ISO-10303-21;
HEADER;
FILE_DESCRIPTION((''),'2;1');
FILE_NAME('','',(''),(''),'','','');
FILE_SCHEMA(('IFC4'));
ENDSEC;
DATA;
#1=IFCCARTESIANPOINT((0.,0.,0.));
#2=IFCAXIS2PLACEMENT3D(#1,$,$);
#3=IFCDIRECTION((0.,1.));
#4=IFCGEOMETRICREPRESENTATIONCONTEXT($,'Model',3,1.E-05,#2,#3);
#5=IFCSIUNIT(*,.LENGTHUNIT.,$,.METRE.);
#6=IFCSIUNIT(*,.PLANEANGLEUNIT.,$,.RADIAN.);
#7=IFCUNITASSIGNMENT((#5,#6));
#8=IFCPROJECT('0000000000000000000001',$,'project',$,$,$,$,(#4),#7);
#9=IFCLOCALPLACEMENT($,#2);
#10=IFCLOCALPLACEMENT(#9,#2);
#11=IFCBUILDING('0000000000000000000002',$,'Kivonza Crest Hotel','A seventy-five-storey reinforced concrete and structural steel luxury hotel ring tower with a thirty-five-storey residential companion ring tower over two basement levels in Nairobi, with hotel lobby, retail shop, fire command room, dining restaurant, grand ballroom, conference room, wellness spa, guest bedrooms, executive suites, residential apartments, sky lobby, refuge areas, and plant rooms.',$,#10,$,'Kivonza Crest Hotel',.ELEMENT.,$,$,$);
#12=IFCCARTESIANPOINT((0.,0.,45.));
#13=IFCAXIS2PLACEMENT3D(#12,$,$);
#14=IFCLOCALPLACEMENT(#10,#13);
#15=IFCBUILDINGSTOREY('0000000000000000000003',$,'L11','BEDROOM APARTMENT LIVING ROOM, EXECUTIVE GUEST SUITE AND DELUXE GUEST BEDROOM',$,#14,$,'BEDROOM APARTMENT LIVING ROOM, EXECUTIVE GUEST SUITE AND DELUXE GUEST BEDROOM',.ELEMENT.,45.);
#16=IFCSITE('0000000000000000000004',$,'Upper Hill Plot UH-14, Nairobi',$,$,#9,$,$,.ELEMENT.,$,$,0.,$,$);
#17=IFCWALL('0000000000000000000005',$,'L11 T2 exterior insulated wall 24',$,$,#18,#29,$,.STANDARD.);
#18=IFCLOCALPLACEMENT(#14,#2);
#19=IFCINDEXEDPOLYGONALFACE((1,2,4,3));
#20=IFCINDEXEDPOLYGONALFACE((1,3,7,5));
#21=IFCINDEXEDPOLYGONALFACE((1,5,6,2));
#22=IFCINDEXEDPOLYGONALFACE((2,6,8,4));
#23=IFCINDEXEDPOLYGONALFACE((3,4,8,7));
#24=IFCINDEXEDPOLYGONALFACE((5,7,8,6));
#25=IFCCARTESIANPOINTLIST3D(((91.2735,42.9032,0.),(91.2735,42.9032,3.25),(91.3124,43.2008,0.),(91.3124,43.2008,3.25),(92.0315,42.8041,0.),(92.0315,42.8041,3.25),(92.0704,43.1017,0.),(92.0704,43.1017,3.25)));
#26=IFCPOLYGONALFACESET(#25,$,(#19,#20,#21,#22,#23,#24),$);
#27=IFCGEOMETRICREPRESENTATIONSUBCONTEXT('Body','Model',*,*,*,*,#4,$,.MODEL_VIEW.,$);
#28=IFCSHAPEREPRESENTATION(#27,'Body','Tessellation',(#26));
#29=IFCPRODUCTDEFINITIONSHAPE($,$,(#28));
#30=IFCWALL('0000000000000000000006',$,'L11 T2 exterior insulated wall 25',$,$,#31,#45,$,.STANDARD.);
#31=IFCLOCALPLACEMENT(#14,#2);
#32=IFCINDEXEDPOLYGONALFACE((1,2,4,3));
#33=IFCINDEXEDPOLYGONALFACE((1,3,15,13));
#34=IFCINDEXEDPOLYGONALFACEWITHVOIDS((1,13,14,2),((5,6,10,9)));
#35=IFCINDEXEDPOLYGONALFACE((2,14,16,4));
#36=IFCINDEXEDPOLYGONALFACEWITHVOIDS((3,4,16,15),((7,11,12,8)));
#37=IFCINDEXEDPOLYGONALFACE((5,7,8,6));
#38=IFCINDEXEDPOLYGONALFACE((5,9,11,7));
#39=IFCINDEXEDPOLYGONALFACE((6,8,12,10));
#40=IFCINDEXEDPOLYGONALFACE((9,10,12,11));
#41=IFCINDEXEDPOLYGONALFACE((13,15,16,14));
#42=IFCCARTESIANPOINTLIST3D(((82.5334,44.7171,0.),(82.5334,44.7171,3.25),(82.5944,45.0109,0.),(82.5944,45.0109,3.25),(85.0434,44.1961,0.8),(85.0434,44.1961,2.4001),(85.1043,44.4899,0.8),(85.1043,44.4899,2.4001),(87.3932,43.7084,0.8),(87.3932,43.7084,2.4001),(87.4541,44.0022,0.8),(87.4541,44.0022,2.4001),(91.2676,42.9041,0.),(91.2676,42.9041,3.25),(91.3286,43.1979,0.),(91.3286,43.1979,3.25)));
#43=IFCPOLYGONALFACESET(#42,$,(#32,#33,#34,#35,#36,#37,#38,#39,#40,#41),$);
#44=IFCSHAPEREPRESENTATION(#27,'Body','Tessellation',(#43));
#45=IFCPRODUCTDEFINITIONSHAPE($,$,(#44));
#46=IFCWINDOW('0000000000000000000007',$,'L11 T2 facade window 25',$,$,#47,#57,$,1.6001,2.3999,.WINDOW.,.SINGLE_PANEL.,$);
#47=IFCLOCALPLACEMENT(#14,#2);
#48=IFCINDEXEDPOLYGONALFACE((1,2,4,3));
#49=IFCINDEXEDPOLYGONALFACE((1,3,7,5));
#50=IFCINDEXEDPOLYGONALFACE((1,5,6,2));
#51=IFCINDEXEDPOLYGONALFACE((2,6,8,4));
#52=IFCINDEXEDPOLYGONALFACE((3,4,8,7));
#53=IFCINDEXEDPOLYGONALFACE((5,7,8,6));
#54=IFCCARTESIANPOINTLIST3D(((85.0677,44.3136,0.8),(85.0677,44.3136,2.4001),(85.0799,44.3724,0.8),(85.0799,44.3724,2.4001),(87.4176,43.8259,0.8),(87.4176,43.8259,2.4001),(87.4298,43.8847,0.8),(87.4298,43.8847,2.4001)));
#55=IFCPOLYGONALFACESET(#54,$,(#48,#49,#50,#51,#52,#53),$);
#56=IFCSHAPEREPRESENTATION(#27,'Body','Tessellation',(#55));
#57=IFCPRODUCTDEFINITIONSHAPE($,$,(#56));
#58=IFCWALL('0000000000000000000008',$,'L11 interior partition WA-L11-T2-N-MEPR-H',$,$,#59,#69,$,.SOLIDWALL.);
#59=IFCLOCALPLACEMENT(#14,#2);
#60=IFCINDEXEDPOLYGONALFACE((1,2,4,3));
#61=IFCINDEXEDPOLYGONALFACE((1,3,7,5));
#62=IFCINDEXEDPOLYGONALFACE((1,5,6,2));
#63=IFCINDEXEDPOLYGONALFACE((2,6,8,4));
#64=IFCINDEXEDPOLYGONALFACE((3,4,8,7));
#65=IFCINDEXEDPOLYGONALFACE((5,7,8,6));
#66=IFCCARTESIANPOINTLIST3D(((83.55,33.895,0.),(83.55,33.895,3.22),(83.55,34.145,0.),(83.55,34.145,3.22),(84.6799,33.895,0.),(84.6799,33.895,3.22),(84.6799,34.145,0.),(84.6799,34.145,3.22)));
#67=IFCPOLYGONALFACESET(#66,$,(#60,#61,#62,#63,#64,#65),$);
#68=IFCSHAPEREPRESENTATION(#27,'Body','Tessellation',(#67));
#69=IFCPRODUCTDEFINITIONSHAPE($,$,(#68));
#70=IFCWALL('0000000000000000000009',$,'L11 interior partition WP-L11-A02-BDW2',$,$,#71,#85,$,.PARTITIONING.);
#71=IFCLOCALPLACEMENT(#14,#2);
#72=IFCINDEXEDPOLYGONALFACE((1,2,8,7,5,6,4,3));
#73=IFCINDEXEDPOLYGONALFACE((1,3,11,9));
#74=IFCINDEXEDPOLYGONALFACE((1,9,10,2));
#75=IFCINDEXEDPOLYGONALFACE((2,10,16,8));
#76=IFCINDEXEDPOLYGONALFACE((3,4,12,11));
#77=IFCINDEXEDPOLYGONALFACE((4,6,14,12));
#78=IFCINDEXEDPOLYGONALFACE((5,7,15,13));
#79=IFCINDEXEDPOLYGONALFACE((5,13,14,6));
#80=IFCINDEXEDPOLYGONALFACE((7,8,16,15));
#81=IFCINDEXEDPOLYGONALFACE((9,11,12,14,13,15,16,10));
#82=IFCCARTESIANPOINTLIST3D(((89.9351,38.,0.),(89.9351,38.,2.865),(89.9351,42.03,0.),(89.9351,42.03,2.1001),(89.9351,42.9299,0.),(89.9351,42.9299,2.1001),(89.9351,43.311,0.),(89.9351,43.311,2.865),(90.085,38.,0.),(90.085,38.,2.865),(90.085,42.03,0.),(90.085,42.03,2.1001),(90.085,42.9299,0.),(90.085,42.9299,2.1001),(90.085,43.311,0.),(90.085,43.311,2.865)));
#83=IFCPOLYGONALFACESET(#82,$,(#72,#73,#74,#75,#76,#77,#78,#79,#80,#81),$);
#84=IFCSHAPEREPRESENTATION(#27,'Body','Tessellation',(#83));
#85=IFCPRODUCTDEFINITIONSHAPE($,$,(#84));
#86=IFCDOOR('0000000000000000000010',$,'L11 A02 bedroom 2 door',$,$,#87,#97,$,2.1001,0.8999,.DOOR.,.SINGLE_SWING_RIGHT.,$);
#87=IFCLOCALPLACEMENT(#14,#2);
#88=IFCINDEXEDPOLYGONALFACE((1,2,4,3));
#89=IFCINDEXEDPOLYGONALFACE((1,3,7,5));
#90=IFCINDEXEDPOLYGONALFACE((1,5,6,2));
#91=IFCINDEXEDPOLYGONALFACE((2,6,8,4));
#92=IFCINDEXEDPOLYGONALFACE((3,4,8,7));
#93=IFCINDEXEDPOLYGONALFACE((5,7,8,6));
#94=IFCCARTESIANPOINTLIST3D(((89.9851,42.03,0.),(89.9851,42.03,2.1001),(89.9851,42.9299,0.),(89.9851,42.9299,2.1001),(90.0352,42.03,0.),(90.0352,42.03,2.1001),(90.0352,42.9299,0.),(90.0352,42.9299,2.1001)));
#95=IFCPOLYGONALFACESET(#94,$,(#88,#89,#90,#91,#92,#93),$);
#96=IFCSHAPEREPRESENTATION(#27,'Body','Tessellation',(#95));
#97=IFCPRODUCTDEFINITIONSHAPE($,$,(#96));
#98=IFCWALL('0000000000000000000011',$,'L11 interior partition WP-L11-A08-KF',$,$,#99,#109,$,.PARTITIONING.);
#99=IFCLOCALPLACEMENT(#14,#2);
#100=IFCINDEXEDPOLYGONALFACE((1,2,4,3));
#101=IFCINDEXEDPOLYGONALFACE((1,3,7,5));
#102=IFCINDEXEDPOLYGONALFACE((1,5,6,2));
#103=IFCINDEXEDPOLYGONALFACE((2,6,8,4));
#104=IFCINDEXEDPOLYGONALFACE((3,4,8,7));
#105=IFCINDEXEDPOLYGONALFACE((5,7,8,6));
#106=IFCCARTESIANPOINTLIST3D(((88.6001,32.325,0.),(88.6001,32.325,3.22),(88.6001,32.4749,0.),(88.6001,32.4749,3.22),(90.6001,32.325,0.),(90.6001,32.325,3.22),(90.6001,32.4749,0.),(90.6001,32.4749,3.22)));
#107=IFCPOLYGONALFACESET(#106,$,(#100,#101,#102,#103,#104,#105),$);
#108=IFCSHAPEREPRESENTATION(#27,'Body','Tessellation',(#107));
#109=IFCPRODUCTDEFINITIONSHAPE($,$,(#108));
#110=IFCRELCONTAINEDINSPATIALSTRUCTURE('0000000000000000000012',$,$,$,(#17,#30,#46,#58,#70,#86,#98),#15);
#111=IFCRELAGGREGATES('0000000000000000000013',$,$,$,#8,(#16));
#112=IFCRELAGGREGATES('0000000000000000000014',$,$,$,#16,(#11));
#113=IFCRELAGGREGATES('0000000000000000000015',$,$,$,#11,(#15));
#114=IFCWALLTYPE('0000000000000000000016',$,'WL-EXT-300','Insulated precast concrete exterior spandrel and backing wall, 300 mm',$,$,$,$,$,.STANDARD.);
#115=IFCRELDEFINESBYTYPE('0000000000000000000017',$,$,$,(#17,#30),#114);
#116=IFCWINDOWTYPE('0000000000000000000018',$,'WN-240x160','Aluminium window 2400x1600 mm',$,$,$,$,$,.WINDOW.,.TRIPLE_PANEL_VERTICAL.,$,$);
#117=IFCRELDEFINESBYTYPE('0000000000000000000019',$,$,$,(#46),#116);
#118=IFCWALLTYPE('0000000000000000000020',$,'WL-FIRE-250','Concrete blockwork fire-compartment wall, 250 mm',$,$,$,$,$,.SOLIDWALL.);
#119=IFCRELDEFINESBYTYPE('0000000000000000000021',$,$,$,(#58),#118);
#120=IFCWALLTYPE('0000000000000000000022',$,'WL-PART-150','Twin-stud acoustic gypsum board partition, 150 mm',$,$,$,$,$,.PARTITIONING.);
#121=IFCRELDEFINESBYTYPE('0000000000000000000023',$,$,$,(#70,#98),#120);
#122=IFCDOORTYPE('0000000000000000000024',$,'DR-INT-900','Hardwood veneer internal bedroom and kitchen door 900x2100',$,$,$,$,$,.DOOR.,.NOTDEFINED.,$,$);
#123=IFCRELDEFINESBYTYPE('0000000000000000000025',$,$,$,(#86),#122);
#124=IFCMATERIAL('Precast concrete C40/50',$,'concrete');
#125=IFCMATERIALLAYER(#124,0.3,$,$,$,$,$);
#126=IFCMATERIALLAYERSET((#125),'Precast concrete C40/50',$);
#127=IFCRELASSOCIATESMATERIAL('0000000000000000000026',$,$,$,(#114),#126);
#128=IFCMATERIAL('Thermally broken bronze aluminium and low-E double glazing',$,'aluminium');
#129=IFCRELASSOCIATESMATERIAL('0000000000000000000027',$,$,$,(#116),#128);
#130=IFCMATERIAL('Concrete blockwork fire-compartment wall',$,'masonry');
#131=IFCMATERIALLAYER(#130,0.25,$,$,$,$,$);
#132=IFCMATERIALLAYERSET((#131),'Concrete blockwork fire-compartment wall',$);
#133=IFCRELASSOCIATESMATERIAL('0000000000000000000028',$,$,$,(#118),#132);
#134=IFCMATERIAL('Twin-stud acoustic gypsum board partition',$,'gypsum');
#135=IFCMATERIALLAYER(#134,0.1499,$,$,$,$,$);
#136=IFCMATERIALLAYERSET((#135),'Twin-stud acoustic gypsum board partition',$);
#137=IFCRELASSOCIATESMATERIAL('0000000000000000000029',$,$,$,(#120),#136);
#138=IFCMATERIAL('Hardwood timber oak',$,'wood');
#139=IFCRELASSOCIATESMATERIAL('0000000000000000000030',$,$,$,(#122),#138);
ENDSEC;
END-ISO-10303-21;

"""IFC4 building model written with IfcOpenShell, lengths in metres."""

from ifc_helpers import new_model, si_unit, direction, frame, frame_2d, origin, place, context, subcontext, project, spatial, rectangle, extrude, material, layer, layer_set, type_object, element, fill, save


model = new_model("IFC4")

# Units and contexts
model_context = context("Model", 3, precision=1e-05, world=origin(), true_north=direction((0.0, 1.0)))
body_context = subcontext(model_context, "Body", "Model", "MODEL_VIEW")
ifc_project = project(units=[si_unit("LENGTHUNIT", "METRE"), si_unit("PLANEANGLEUNIT", "RADIAN")], contexts=[model_context])

# Site, building, storey
site_placement = place(None, origin())
site = spatial("IfcSite", under=ifc_project, at=site_placement, Name="Upper Hill Plot UH-14, Nairobi", CompositionType="ELEMENT", RefElevation=0.0)
building_placement = place(site_placement, origin())
building = spatial("IfcBuilding", under=site, at=building_placement, Name="Kivonza Crest Hotel", Description="A seventy-five-storey reinforced concrete and structural steel luxury hotel ring tower with a thirty-five-storey residential companion ring tower over two basement levels in Nairobi, with hotel lobby, retail shop, fire command room, dining restaurant, grand ballroom, conference room, wellness spa, guest bedrooms, executive suites, residential apartments, sky lobby, refuge areas, and plant rooms.", LongName="Kivonza Crest Hotel", CompositionType="ELEMENT")
storey_placement = place(building_placement, frame((0.0, 0.0, 45.0)))
storey = spatial("IfcBuildingStorey", under=building, at=storey_placement, Name="L11", Description="BEDROOM APARTMENT LIVING ROOM, EXECUTIVE GUEST SUITE AND DELUXE GUEST BEDROOM", LongName="BEDROOM APARTMENT LIVING ROOM, EXECUTIVE GUEST SUITE AND DELUXE GUEST BEDROOM", CompositionType="ELEMENT", Elevation=45.0)

# Wall
ifc_material_1 = material(Name="Precast concrete C40/50", Category="concrete")
ifc_layer_1 = layer(ifc_material_1, 0.3)
ifc_layer_set_1 = layer_set([ifc_layer_1], Name="Precast concrete C40/50")
wall_type_1 = type_object("IfcWallType", Name="WL-EXT-300", Description="Insulated precast concrete exterior spandrel and backing wall, 300 mm", PredefinedType="STANDARD", material=ifc_layer_set_1)
wall_1_placement = place(storey_placement, frame((92.051, 42.9529, 0.0), z_axis=(0.0, 0.0, 1.0), x_axis=(-0.991559, 0.129653, 0.0)))
element("IfcWall", 1, at=wall_1_placement, inside=storey, type_object=wall_type_1, Name="L11 T2 exterior insulated wall 24", PredefinedType="STANDARD", context=body_context, shape_type="SweptSolid", body=[
    extrude(rectangle(XDim=0.7644, YDim=0.3, at=frame_2d((0.3823, 0.0))), origin(), (0.0, 0.0, 1.0), 3.25),
])

# Wall, opening, window
wall_2_placement = place(storey_placement, frame((91.2981, 43.051, 0.0), z_axis=(0.0, 0.0, 1.0), x_axis=(-0.979128, 0.203243, 0.0)))
wall_2 = element("IfcWall", 2, at=wall_2_placement, inside=storey, type_object=wall_type_1, Name="L11 T2 exterior insulated wall 25", PredefinedType="STANDARD", context=body_context, shape_type="SweptSolid", body=[
    extrude(rectangle(XDim=8.9204, YDim=0.3, at=frame_2d((4.4602, 0.0))), origin(), (0.0, 0.0, 1.0), 3.25),
])
opening_1_placement = place(wall_2_placement, frame((3.957, 0.0, 0.8)))
opening_1 = element("IfcOpeningElement", 3, at=opening_1_placement, cuts=wall_2, PredefinedType="OPENING", context=body_context, shape_type="SweptSolid", body=[
    extrude(rectangle(XDim=2.3999, YDim=1.6001, at=frame_2d((1.2, 0.8))), frame((0.0, 0.1602, 0.0), z_axis=(0.0, -1.0, 0.0), x_axis=(1.0, 0.0, 0.0)), (0.0, 0.0, 1.0), 0.3201),
])
ifc_material_2 = material(Name="Thermally broken bronze aluminium and low-E double glazing", Category="aluminium")
window_type = type_object("IfcWindowType", Name="WN-240x160", Description="Aluminium window 2400x1600 mm", PartitioningType="TRIPLE_PANEL_VERTICAL", PredefinedType="WINDOW", material=ifc_material_2)
window_placement = place(opening_1_placement, origin())
window = element("IfcWindow", 4, at=window_placement, inside=storey, type_object=window_type, Name="L11 T2 facade window 25", OverallHeight=1.6001, OverallWidth=2.3999, PartitioningType="SINGLE_PANEL", PredefinedType="WINDOW", context=body_context, shape_type="SweptSolid", body=[
    extrude(rectangle(XDim=2.3999, YDim=1.6001, at=frame_2d((1.2, 0.8))), frame((0.0, 0.03, 0.0), z_axis=(0.0, -1.0, 0.0), x_axis=(1.0, 0.0, 0.0)), (0.0, 0.0, 1.0), 0.0601),
])
fill(opening_1, window)

# Wall
ifc_material_3 = material(Name="Concrete blockwork fire-compartment wall", Category="masonry")
ifc_layer_2 = layer(ifc_material_3, 0.25)
ifc_layer_set_2 = layer_set([ifc_layer_2], Name="Concrete blockwork fire-compartment wall")
wall_type_2 = type_object("IfcWallType", Name="WL-FIRE-250", Description="Concrete blockwork fire-compartment wall, 250 mm", PredefinedType="SOLIDWALL", material=ifc_layer_set_2)
wall_3_placement = place(storey_placement, frame((83.55, 34.02, 0.0), z_axis=(0.0, 0.0, 1.0), x_axis=(1.0, 0.0, 0.0)))
element("IfcWall", 5, at=wall_3_placement, inside=storey, type_object=wall_type_2, Name="L11 interior partition WA-L11-T2-N-MEPR-H", PredefinedType="SOLIDWALL", context=body_context, shape_type="SweptSolid", body=[
    extrude(rectangle(XDim=1.1299, YDim=0.25, at=frame_2d((0.5649, 0.0))), origin(), (0.0, 0.0, 1.0), 3.22),
])

# Wall, opening, door
ifc_material_4 = material(Name="Twin-stud acoustic gypsum board partition", Category="gypsum")
ifc_layer_3 = layer(ifc_material_4, 0.1499)
ifc_layer_set_3 = layer_set([ifc_layer_3], Name="Twin-stud acoustic gypsum board partition")
wall_type_3 = type_object("IfcWallType", Name="WL-PART-150", Description="Twin-stud acoustic gypsum board partition, 150 mm", PredefinedType="PARTITIONING", material=ifc_layer_set_3)
wall_4_placement = place(storey_placement, frame((90.01, 38.0, 0.0), z_axis=(0.0, 0.0, 1.0), x_axis=(0.0, 1.0, 0.0)))
wall_4 = element("IfcWall", 6, at=wall_4_placement, inside=storey, type_object=wall_type_3, Name="L11 interior partition WP-L11-A02-BDW2", PredefinedType="PARTITIONING", context=body_context, shape_type="SweptSolid", body=[
    extrude(rectangle(XDim=5.311, YDim=0.1499, at=frame_2d((2.6555, 0.0))), origin(), (0.0, 0.0, 1.0), 2.865),
])
opening_2_placement = place(wall_4_placement, frame((4.03, 0.0, 0.0)))
opening_2 = element("IfcOpeningElement", 7, at=opening_2_placement, cuts=wall_4, PredefinedType="OPENING", context=body_context, shape_type="SweptSolid", body=[
    extrude(rectangle(XDim=0.8999, YDim=2.1001, at=frame_2d((0.45, 1.05))), frame((0.0, 0.085, 0.0), z_axis=(0.0, -1.0, 0.0), x_axis=(1.0, 0.0, 0.0)), (0.0, 0.0, 1.0), 0.1699),
])
ifc_material_5 = material(Name="Hardwood timber oak", Category="wood")
door_type = type_object("IfcDoorType", Name="DR-INT-900", Description="Hardwood veneer internal bedroom and kitchen door 900x2100", OperationType="NOTDEFINED", PredefinedType="DOOR", material=ifc_material_5)
door_placement = place(opening_2_placement, origin())
door = element("IfcDoor", 8, at=door_placement, inside=storey, type_object=door_type, Name="L11 A02 bedroom 2 door", OperationType="SINGLE_SWING_RIGHT", OverallHeight=2.1001, OverallWidth=0.8999, PredefinedType="DOOR", context=body_context, shape_type="SweptSolid", body=[
    extrude(rectangle(XDim=0.8999, YDim=2.1001, at=frame_2d((0.45, 1.05))), frame((0.0, 0.0249, 0.0), z_axis=(0.0, -1.0, 0.0), x_axis=(1.0, 0.0, 0.0)), (0.0, 0.0, 1.0), 0.05),
])
fill(opening_2, door)

# Wall
wall_5_placement = place(storey_placement, frame((88.6001, 32.3999, 0.0), z_axis=(0.0, 0.0, 1.0), x_axis=(1.0, 0.0, 0.0)))
element("IfcWall", 9, at=wall_5_placement, inside=storey, type_object=wall_type_3, Name="L11 interior partition WP-L11-A08-KF", PredefinedType="PARTITIONING", context=body_context, shape_type="SweptSolid", body=[
    extrude(rectangle(XDim=2.0, YDim=0.1499, at=frame_2d((1.0, 0.0))), origin(), (0.0, 0.0, 1.0), 3.22),
])

save(model, "model.ifc")
